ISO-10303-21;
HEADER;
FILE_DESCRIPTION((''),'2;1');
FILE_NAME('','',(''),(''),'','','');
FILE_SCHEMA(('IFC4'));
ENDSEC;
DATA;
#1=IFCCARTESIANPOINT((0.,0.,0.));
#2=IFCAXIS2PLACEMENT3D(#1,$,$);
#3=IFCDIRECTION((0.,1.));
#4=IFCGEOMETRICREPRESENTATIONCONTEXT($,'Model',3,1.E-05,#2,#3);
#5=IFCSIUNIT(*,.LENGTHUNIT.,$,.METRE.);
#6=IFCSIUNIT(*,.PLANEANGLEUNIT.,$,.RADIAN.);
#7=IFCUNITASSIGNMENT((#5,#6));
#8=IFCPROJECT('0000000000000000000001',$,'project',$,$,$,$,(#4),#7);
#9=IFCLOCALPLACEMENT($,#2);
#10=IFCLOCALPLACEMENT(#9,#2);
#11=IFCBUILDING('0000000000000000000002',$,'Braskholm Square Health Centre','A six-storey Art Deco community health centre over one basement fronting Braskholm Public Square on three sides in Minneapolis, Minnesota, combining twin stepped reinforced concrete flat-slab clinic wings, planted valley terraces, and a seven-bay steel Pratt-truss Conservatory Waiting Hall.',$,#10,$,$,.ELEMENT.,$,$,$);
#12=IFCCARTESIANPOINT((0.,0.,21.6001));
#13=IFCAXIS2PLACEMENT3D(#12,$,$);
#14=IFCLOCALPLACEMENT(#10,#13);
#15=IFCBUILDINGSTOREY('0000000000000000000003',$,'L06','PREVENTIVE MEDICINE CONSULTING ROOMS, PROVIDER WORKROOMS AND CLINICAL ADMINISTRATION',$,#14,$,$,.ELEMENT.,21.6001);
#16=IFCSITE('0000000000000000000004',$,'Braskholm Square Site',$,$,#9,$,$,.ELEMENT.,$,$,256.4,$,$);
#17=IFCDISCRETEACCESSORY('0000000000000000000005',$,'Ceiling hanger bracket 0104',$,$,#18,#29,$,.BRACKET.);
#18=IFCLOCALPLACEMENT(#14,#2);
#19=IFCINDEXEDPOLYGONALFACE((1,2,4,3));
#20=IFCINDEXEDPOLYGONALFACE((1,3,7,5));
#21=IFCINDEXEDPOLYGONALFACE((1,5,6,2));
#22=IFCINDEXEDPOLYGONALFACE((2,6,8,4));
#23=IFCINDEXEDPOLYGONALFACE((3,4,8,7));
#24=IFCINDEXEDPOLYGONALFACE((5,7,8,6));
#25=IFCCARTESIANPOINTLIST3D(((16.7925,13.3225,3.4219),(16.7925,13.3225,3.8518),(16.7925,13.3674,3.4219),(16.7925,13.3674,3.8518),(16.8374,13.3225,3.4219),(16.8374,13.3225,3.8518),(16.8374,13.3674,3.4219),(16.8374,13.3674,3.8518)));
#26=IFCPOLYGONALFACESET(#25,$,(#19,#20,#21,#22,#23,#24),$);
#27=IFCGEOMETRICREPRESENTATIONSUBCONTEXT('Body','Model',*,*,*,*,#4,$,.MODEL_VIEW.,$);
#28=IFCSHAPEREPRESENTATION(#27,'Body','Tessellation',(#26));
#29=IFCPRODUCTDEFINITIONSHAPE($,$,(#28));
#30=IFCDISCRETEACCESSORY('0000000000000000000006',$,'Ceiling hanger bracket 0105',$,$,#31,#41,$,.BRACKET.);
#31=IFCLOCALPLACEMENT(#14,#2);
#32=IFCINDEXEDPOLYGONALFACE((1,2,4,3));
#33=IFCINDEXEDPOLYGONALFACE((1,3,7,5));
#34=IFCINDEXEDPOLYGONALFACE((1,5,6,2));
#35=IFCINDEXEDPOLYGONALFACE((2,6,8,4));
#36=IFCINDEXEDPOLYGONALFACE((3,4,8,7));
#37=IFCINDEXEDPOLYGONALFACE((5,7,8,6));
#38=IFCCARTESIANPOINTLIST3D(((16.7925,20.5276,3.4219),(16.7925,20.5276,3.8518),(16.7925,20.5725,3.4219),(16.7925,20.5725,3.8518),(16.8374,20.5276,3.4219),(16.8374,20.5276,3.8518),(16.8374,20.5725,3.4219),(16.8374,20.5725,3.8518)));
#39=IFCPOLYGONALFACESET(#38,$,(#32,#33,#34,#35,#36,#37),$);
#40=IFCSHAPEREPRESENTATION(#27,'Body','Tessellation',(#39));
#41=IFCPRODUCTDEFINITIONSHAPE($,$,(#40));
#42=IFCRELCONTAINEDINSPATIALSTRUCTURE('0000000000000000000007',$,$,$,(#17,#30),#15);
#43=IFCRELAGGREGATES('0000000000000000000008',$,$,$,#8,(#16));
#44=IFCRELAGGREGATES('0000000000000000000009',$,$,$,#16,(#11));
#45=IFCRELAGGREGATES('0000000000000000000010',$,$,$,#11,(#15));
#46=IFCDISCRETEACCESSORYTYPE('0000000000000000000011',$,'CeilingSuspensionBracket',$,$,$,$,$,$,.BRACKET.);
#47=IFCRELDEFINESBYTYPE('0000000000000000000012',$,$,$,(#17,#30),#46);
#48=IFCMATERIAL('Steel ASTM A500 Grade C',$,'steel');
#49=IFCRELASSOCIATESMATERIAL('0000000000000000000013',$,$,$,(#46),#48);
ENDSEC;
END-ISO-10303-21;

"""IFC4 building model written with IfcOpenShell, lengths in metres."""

from ifc_helpers import new_model, si_unit, direction, frame, origin, origin_2d, place, context, subcontext, project, spatial, rectangle, extrude, material, type_object, element, save


model = new_model("IFC4")

# Units and contexts
model_context = context("Model", 3, precision=1e-05, world=origin(), true_north=direction((0.0, 1.0)))
body_context = subcontext(model_context, "Body", "Model", "MODEL_VIEW")
ifc_project = project(units=[si_unit("LENGTHUNIT", "METRE"), si_unit("PLANEANGLEUNIT", "RADIAN")], contexts=[model_context])

# Site, building, storey
site_placement = place(None, origin())
site = spatial("IfcSite", under=ifc_project, at=site_placement, Name="Braskholm Square Site", CompositionType="ELEMENT", RefElevation=256.4)
building_placement = place(site_placement, origin())
building = spatial("IfcBuilding", under=site, at=building_placement, Name="Braskholm Square Health Centre", Description="A six-storey Art Deco community health centre over one basement fronting Braskholm Public Square on three sides in Minneapolis, Minnesota, combining twin stepped reinforced concrete flat-slab clinic wings, planted valley terraces, and a seven-bay steel Pratt-truss Conservatory Waiting Hall.", CompositionType="ELEMENT")
storey_placement = place(building_placement, frame((0.0, 0.0, 21.6001)))
storey = spatial("IfcBuildingStorey", under=building, at=storey_placement, Name="L06", Description="PREVENTIVE MEDICINE CONSULTING ROOMS, PROVIDER WORKROOMS AND CLINICAL ADMINISTRATION", CompositionType="ELEMENT", Elevation=21.6001)

# Discrete accessories
ifc_material_1 = material(Name="Steel ASTM A500 Grade C", Category="steel")
discrete_accessory_type = type_object("IfcDiscreteAccessoryType", Name="CeilingSuspensionBracket", PredefinedType="BRACKET", material=ifc_material_1)
for number, where, z_axis, x_axis, name in (
    (1, (16.8149, 13.345, 3.4219), (0.0, 0.0, 1.0), (1.0, 0.0, 0.0), "Ceiling hanger bracket 0104"),
    (2, (16.8149, 20.55, 3.4219), (0.0, 0.0, 1.0), (1.0, 0.0, 0.0), "Ceiling hanger bracket 0105"),
):
    element("IfcDiscreteAccessory", number, at=place(storey_placement, frame(where, z_axis=z_axis, x_axis=x_axis)), inside=storey, type_object=discrete_accessory_type, Name=name, PredefinedType="BRACKET", context=body_context, shape_type="SweptSolid", body=[
        extrude(rectangle(XDim=0.0449, YDim=0.0449, at=origin_2d()), origin(), (0.0, 0.0, 1.0), 0.4299),
    ])

save(model, "model.ifc")
